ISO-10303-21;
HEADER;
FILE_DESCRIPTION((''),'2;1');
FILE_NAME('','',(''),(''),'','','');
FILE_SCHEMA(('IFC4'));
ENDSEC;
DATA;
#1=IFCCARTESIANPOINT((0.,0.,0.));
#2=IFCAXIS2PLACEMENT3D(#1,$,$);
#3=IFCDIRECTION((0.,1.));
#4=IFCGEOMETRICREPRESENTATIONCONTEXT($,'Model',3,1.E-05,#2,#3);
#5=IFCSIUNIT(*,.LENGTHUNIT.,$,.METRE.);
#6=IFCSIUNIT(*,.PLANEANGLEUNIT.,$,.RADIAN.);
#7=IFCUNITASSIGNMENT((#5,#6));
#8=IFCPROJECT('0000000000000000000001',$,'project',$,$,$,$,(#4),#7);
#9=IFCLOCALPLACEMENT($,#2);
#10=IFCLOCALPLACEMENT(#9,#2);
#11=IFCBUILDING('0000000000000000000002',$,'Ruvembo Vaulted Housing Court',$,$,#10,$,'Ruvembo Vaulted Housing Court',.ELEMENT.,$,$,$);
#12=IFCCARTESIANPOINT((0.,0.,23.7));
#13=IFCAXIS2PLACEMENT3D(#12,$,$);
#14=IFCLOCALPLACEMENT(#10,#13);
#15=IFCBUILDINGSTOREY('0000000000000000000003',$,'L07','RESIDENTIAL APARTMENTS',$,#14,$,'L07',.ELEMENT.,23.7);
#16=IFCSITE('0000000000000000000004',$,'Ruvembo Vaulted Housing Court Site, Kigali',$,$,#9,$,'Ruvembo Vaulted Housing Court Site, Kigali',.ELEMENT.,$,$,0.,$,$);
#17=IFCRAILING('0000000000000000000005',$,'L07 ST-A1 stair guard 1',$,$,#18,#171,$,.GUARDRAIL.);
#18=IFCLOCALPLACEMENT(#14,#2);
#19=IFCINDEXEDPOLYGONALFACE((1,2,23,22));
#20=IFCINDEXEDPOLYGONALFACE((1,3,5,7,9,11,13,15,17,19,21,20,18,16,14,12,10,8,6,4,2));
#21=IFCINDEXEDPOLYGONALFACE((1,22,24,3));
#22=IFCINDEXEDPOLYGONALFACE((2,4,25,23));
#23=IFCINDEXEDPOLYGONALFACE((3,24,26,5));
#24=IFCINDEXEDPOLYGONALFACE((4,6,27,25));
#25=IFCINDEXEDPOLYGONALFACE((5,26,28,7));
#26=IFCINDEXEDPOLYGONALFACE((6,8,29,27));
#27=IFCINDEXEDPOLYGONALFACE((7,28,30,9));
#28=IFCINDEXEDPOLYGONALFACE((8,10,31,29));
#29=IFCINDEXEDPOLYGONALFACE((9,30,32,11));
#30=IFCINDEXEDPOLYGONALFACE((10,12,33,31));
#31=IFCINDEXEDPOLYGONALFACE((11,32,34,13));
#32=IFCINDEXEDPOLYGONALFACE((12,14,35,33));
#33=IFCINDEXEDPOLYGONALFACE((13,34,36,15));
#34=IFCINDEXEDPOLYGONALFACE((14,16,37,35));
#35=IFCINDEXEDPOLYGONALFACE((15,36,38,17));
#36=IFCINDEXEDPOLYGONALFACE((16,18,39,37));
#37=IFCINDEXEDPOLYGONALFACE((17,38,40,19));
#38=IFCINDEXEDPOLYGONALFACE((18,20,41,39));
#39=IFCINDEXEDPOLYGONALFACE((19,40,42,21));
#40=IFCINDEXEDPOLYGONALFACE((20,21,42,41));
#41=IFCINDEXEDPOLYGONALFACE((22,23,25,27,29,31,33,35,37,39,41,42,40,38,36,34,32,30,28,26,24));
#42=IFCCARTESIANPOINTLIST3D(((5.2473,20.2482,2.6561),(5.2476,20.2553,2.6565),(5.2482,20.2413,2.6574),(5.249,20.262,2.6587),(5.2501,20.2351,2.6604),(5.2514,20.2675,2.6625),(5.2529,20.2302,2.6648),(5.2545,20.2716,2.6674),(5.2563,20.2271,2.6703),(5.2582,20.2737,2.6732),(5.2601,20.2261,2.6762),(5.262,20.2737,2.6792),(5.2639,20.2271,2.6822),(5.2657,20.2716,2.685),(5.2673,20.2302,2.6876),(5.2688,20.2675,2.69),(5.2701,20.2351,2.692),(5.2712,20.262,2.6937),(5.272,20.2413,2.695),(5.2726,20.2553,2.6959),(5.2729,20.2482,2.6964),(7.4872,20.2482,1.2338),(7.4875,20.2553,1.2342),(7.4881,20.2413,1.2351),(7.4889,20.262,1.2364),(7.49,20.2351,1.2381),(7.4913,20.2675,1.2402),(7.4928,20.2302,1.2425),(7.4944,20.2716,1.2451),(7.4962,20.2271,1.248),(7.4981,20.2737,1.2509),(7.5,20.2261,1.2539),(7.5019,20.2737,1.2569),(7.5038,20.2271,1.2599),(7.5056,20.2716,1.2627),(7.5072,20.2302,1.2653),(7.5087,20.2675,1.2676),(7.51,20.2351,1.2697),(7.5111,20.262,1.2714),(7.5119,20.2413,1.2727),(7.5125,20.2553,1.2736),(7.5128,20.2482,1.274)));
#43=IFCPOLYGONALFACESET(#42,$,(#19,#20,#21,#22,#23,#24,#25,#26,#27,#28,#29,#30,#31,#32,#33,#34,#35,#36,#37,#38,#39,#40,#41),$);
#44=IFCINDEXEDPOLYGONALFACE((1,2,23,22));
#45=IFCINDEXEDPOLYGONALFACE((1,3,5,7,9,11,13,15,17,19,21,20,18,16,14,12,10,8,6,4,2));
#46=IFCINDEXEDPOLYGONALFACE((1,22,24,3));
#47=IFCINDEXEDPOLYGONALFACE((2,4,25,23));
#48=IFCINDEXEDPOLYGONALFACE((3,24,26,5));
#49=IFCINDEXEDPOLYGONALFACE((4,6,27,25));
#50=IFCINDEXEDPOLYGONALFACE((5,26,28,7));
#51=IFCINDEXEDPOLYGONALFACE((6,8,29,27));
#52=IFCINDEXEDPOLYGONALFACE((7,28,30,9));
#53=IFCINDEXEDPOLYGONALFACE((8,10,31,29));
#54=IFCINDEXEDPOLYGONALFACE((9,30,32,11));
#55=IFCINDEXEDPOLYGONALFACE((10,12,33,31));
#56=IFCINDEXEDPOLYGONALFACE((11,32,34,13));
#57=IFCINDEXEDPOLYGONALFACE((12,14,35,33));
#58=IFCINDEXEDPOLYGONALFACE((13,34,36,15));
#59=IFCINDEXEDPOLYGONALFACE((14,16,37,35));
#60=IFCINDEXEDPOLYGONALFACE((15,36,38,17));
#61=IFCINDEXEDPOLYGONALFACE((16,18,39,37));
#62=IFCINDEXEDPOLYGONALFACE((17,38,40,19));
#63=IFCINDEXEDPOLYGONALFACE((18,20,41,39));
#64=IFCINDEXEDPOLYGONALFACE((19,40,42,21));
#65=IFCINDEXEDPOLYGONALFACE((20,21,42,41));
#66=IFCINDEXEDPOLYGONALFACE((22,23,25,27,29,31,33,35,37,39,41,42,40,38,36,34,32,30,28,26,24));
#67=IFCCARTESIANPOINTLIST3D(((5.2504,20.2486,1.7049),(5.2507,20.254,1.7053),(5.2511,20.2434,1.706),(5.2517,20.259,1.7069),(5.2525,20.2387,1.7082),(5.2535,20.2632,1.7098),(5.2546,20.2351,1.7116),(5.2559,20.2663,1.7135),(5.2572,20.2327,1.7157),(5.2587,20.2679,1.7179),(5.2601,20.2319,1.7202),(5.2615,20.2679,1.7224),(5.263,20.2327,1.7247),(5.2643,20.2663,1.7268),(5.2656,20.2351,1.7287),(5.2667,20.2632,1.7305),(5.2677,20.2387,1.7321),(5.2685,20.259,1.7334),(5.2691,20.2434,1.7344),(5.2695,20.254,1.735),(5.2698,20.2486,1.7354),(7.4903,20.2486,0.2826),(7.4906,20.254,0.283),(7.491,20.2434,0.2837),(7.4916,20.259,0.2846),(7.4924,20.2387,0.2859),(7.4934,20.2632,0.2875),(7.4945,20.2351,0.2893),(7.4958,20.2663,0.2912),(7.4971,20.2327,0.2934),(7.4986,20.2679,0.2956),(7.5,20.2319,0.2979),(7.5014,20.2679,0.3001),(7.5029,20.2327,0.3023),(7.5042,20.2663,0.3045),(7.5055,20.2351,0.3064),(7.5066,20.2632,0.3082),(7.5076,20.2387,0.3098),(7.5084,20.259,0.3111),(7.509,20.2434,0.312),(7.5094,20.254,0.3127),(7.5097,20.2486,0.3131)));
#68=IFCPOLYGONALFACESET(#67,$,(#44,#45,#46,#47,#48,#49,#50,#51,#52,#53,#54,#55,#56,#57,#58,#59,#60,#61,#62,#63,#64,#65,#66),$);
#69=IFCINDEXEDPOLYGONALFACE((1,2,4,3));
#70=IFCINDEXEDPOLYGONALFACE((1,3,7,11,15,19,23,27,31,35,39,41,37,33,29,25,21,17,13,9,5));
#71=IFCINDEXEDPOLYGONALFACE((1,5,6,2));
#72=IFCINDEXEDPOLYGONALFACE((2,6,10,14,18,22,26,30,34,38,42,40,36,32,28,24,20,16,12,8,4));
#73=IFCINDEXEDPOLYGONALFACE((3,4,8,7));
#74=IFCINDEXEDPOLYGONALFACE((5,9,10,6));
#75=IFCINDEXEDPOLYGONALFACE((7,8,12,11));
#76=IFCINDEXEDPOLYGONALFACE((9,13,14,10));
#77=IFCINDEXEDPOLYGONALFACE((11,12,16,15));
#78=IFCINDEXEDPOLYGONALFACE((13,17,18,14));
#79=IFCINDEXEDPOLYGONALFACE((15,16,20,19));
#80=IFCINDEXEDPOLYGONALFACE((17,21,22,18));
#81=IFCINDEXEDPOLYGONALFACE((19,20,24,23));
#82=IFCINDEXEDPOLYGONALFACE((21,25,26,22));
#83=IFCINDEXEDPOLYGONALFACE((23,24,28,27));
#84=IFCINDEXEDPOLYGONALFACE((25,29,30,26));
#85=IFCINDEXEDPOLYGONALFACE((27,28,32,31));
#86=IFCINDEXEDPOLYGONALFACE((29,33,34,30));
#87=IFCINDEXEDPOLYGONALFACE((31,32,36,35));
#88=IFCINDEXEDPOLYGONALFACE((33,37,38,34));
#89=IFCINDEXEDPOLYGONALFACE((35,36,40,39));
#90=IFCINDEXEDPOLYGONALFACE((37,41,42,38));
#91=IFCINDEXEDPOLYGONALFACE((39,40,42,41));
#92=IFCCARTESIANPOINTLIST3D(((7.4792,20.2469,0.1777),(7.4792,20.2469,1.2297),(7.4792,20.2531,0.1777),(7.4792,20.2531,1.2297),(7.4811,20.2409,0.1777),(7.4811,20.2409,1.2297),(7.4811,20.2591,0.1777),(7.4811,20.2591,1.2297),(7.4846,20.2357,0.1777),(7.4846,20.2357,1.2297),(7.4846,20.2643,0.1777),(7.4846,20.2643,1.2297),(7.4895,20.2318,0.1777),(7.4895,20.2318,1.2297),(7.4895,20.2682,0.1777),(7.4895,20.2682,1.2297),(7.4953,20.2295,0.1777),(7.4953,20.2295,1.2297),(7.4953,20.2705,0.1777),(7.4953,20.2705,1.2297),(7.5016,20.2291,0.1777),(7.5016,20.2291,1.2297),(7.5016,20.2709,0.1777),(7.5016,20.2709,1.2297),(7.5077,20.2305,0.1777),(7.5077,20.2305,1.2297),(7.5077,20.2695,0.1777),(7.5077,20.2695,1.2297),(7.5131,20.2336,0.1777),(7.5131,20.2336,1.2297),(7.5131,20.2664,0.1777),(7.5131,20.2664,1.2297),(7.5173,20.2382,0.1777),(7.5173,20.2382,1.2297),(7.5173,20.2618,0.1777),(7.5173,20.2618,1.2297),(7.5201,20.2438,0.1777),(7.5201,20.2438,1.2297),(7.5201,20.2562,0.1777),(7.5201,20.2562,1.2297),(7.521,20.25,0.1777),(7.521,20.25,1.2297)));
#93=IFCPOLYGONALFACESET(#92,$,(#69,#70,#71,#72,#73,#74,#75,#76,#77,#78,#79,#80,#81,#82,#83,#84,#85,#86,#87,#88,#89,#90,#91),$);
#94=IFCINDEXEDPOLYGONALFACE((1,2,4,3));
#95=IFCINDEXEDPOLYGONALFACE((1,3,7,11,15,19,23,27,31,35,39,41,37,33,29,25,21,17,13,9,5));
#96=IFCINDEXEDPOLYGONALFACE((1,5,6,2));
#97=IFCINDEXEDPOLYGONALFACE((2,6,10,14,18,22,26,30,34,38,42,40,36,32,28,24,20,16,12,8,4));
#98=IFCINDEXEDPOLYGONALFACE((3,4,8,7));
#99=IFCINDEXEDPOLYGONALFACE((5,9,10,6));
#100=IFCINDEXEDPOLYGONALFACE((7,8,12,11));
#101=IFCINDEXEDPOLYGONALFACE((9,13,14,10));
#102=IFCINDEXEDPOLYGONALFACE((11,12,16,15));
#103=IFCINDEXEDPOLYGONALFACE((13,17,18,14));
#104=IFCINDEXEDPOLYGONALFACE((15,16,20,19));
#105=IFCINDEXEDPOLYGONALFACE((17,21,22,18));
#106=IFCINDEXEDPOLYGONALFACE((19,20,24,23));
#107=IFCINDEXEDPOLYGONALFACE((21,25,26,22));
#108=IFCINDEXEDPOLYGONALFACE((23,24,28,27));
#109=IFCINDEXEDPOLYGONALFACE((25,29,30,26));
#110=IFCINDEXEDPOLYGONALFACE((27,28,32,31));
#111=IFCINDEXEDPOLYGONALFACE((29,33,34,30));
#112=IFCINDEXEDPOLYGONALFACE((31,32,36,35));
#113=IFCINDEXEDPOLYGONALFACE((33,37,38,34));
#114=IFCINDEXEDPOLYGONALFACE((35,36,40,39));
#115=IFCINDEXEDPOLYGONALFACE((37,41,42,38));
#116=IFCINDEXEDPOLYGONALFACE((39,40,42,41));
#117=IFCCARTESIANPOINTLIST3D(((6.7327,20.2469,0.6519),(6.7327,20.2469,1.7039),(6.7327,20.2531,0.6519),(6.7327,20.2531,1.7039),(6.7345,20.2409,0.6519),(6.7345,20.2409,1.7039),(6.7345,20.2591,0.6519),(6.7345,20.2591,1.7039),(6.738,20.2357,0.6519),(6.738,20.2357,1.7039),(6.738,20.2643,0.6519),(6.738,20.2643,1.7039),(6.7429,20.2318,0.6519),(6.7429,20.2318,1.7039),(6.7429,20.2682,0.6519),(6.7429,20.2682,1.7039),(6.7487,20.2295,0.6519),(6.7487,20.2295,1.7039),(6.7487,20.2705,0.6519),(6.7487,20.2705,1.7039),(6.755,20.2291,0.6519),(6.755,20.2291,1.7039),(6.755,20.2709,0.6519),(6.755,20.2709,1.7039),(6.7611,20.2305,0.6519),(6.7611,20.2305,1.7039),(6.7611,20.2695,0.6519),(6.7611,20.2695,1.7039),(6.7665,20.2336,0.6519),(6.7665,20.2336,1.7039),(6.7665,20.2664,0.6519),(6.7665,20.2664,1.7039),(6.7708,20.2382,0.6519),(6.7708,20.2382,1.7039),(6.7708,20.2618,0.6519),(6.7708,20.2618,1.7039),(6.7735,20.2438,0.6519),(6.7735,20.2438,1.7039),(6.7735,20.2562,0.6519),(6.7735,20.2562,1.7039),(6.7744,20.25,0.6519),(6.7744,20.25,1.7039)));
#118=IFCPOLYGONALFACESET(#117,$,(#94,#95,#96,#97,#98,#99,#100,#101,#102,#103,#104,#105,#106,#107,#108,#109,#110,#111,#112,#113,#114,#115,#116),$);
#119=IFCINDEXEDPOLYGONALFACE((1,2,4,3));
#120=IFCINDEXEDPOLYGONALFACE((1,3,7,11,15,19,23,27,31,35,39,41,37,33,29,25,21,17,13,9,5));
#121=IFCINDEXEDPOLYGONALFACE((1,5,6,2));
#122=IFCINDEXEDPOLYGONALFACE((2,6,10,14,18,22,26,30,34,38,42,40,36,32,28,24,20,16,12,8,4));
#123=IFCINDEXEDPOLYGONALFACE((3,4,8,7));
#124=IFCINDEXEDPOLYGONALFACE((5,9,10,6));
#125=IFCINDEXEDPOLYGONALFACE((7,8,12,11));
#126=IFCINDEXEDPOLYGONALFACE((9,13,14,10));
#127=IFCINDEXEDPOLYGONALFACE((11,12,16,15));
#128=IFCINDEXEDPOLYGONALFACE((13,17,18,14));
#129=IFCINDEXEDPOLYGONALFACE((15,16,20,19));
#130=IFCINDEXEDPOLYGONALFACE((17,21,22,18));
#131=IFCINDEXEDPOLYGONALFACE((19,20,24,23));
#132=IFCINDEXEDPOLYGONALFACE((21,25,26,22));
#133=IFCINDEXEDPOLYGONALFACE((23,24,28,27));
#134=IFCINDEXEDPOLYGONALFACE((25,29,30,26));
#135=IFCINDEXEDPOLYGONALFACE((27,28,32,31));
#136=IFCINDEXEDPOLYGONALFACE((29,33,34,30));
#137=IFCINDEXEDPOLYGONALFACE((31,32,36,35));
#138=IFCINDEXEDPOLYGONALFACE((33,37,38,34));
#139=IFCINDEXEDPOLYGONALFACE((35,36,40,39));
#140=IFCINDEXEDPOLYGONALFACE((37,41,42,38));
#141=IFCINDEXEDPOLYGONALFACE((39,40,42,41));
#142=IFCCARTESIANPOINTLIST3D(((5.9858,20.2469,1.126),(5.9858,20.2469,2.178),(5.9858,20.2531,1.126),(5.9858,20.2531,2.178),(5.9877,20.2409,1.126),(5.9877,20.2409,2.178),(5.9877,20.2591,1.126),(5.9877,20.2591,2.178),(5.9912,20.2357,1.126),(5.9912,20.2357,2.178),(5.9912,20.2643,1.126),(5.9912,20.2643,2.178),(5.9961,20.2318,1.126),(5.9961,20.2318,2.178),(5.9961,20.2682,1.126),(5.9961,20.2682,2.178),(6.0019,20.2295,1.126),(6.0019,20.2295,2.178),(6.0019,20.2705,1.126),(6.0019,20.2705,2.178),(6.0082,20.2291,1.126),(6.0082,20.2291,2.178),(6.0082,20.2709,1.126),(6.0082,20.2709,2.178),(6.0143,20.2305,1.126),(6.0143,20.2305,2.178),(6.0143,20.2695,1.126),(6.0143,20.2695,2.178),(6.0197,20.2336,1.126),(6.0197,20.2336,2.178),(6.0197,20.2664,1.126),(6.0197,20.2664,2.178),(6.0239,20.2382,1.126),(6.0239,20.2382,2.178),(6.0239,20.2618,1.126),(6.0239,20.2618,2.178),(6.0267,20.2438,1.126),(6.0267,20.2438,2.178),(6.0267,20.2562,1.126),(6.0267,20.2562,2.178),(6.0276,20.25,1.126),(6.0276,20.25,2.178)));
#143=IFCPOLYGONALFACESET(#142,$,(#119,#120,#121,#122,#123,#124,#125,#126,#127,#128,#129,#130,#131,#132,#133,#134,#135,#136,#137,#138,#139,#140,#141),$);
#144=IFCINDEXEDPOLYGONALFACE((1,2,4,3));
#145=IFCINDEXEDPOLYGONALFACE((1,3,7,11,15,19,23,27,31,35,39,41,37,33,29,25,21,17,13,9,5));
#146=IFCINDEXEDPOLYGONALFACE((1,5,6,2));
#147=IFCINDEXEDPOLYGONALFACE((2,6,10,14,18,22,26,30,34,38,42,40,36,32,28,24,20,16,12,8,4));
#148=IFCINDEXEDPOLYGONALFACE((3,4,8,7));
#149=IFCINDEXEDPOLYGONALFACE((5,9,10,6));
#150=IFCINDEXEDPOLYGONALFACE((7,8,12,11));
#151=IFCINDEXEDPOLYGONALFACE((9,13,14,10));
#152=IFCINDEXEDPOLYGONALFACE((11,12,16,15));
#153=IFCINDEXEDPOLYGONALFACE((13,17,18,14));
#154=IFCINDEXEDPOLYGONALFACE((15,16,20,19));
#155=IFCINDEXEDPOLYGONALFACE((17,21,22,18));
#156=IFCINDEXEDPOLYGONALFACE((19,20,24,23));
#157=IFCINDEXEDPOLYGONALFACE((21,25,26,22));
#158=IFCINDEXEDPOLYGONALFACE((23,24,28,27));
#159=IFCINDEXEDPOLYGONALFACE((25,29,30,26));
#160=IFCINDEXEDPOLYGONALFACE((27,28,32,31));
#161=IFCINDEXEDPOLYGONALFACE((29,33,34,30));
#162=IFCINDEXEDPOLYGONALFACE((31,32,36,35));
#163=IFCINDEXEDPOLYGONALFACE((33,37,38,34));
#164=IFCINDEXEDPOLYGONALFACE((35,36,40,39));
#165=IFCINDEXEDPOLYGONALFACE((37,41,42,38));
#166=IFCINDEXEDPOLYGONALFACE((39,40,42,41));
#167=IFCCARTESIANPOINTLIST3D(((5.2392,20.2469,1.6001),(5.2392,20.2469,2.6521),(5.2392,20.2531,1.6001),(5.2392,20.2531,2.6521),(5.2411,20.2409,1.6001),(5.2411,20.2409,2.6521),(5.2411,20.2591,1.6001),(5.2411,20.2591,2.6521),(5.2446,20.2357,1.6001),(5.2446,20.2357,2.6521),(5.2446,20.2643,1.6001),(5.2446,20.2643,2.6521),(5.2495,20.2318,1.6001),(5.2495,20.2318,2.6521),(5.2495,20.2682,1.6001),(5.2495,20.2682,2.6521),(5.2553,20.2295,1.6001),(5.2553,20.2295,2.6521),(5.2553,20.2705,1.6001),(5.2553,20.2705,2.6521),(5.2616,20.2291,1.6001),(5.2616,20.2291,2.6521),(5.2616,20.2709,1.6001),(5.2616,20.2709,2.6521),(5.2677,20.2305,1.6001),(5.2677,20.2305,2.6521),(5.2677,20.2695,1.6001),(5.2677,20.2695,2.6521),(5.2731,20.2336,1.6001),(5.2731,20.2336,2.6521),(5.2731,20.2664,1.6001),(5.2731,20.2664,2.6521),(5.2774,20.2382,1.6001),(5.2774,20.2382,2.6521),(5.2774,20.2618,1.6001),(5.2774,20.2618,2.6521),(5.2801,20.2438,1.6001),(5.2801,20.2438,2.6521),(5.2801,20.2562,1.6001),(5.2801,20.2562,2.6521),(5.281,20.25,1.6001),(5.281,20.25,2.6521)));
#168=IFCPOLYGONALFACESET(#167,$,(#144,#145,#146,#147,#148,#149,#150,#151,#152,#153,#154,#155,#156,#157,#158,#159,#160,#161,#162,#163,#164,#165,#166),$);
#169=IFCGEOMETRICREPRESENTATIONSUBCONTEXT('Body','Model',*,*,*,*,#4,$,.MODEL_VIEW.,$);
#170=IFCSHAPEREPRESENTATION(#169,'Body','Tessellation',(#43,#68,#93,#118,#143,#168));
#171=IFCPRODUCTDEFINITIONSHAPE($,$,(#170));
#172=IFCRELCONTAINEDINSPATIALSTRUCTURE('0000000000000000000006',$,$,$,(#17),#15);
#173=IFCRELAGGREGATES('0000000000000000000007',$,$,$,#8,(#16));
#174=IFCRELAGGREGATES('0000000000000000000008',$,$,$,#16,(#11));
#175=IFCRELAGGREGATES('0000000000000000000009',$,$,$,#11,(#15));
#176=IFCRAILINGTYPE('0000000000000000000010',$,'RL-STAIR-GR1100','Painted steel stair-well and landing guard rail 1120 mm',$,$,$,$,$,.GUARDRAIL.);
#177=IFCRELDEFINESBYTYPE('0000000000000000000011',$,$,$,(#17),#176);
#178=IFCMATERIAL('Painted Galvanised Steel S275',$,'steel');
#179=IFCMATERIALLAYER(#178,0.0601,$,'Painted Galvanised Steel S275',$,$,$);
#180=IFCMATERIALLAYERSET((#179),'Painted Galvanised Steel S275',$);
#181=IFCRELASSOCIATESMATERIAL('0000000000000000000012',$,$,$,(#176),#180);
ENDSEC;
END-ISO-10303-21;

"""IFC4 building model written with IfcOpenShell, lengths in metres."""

from ifc_helpers import new_model, si_unit, direction, frame, origin, origin_2d, place, context, subcontext, project, spatial, circle, extrude, material, layer, layer_set, type_object, element, save


model = new_model("IFC4")

# Units and contexts
model_context = context("Model", 3, precision=1e-05, world=origin(), true_north=direction((0.0, 1.0)))
body_context = subcontext(model_context, "Body", "Model", "MODEL_VIEW")
ifc_project = project(units=[si_unit("LENGTHUNIT", "METRE"), si_unit("PLANEANGLEUNIT", "RADIAN")], contexts=[model_context])

# Site, building, storey
site_placement = place(None, origin())
site = spatial("IfcSite", under=ifc_project, at=site_placement, Name="Ruvembo Vaulted Housing Court Site, Kigali", LongName="Ruvembo Vaulted Housing Court Site, Kigali", CompositionType="ELEMENT", RefElevation=0.0)
building_placement = place(site_placement, origin())
building = spatial("IfcBuilding", under=site, at=building_placement, Name="Ruvembo Vaulted Housing Court", LongName="Ruvembo Vaulted Housing Court", CompositionType="ELEMENT")
storey_placement = place(building_placement, frame((0.0, 0.0, 23.7)))
storey = spatial("IfcBuildingStorey", under=building, at=storey_placement, Name="L07", Description="RESIDENTIAL APARTMENTS", LongName="L07", CompositionType="ELEMENT", Elevation=23.7)

# Railing
ifc_material_1 = material(Name="Painted Galvanised Steel S275", Category="steel")
ifc_layer_1 = layer(ifc_material_1, 0.0601, Name="Painted Galvanised Steel S275")
ifc_layer_set_1 = layer_set([ifc_layer_1], Name="Painted Galvanised Steel S275")
railing_type_1 = type_object("IfcRailingType", Name="RL-STAIR-GR1100", Description="Painted steel stair-well and landing guard rail 1120 mm", PredefinedType="GUARDRAIL", material=ifc_layer_set_1)
railing_1_placement = place(storey_placement, frame((7.5, 20.25, 0.1777)))
element("IfcRailing", 1, at=railing_1_placement, inside=storey, type_object=railing_type_1, Name="L07 ST-A1 stair guard 1", PredefinedType="GUARDRAIL", context=body_context, shape_type="SweptSolid", body=[
    extrude(circle(Radius=0.0239, at=origin_2d()), frame((0.0, 0.0, 1.0762), z_axis=(-0.844188, 0.0, 0.536048), x_axis=(0.0, -1.0, 0.0)), (0.0, 0.0, 1.0), 2.6533),
    extrude(circle(Radius=0.0181, at=origin_2d()), frame((0.0, 0.0, 0.1201), z_axis=(-0.844188, 0.0, 0.536048), x_axis=(0.0, -1.0, 0.0)), (0.0, 0.0, 1.0), 2.6533),
    extrude(circle(Radius=0.021, at=origin_2d()), origin(), (0.0, 0.0, 1.0), 1.052),
    extrude(circle(Radius=0.021, at=origin_2d()), frame((-0.7466, 0.0, 0.4741)), (0.0, 0.0, 1.0), 1.052),
    extrude(circle(Radius=0.021, at=origin_2d()), frame((-1.4934, 0.0, 0.9482)), (0.0, 0.0, 1.0), 1.052),
    extrude(circle(Radius=0.021, at=origin_2d()), frame((-2.24, 0.0, 1.4224)), (0.0, 0.0, 1.0), 1.052),
])

save(model, "model.ifc")
